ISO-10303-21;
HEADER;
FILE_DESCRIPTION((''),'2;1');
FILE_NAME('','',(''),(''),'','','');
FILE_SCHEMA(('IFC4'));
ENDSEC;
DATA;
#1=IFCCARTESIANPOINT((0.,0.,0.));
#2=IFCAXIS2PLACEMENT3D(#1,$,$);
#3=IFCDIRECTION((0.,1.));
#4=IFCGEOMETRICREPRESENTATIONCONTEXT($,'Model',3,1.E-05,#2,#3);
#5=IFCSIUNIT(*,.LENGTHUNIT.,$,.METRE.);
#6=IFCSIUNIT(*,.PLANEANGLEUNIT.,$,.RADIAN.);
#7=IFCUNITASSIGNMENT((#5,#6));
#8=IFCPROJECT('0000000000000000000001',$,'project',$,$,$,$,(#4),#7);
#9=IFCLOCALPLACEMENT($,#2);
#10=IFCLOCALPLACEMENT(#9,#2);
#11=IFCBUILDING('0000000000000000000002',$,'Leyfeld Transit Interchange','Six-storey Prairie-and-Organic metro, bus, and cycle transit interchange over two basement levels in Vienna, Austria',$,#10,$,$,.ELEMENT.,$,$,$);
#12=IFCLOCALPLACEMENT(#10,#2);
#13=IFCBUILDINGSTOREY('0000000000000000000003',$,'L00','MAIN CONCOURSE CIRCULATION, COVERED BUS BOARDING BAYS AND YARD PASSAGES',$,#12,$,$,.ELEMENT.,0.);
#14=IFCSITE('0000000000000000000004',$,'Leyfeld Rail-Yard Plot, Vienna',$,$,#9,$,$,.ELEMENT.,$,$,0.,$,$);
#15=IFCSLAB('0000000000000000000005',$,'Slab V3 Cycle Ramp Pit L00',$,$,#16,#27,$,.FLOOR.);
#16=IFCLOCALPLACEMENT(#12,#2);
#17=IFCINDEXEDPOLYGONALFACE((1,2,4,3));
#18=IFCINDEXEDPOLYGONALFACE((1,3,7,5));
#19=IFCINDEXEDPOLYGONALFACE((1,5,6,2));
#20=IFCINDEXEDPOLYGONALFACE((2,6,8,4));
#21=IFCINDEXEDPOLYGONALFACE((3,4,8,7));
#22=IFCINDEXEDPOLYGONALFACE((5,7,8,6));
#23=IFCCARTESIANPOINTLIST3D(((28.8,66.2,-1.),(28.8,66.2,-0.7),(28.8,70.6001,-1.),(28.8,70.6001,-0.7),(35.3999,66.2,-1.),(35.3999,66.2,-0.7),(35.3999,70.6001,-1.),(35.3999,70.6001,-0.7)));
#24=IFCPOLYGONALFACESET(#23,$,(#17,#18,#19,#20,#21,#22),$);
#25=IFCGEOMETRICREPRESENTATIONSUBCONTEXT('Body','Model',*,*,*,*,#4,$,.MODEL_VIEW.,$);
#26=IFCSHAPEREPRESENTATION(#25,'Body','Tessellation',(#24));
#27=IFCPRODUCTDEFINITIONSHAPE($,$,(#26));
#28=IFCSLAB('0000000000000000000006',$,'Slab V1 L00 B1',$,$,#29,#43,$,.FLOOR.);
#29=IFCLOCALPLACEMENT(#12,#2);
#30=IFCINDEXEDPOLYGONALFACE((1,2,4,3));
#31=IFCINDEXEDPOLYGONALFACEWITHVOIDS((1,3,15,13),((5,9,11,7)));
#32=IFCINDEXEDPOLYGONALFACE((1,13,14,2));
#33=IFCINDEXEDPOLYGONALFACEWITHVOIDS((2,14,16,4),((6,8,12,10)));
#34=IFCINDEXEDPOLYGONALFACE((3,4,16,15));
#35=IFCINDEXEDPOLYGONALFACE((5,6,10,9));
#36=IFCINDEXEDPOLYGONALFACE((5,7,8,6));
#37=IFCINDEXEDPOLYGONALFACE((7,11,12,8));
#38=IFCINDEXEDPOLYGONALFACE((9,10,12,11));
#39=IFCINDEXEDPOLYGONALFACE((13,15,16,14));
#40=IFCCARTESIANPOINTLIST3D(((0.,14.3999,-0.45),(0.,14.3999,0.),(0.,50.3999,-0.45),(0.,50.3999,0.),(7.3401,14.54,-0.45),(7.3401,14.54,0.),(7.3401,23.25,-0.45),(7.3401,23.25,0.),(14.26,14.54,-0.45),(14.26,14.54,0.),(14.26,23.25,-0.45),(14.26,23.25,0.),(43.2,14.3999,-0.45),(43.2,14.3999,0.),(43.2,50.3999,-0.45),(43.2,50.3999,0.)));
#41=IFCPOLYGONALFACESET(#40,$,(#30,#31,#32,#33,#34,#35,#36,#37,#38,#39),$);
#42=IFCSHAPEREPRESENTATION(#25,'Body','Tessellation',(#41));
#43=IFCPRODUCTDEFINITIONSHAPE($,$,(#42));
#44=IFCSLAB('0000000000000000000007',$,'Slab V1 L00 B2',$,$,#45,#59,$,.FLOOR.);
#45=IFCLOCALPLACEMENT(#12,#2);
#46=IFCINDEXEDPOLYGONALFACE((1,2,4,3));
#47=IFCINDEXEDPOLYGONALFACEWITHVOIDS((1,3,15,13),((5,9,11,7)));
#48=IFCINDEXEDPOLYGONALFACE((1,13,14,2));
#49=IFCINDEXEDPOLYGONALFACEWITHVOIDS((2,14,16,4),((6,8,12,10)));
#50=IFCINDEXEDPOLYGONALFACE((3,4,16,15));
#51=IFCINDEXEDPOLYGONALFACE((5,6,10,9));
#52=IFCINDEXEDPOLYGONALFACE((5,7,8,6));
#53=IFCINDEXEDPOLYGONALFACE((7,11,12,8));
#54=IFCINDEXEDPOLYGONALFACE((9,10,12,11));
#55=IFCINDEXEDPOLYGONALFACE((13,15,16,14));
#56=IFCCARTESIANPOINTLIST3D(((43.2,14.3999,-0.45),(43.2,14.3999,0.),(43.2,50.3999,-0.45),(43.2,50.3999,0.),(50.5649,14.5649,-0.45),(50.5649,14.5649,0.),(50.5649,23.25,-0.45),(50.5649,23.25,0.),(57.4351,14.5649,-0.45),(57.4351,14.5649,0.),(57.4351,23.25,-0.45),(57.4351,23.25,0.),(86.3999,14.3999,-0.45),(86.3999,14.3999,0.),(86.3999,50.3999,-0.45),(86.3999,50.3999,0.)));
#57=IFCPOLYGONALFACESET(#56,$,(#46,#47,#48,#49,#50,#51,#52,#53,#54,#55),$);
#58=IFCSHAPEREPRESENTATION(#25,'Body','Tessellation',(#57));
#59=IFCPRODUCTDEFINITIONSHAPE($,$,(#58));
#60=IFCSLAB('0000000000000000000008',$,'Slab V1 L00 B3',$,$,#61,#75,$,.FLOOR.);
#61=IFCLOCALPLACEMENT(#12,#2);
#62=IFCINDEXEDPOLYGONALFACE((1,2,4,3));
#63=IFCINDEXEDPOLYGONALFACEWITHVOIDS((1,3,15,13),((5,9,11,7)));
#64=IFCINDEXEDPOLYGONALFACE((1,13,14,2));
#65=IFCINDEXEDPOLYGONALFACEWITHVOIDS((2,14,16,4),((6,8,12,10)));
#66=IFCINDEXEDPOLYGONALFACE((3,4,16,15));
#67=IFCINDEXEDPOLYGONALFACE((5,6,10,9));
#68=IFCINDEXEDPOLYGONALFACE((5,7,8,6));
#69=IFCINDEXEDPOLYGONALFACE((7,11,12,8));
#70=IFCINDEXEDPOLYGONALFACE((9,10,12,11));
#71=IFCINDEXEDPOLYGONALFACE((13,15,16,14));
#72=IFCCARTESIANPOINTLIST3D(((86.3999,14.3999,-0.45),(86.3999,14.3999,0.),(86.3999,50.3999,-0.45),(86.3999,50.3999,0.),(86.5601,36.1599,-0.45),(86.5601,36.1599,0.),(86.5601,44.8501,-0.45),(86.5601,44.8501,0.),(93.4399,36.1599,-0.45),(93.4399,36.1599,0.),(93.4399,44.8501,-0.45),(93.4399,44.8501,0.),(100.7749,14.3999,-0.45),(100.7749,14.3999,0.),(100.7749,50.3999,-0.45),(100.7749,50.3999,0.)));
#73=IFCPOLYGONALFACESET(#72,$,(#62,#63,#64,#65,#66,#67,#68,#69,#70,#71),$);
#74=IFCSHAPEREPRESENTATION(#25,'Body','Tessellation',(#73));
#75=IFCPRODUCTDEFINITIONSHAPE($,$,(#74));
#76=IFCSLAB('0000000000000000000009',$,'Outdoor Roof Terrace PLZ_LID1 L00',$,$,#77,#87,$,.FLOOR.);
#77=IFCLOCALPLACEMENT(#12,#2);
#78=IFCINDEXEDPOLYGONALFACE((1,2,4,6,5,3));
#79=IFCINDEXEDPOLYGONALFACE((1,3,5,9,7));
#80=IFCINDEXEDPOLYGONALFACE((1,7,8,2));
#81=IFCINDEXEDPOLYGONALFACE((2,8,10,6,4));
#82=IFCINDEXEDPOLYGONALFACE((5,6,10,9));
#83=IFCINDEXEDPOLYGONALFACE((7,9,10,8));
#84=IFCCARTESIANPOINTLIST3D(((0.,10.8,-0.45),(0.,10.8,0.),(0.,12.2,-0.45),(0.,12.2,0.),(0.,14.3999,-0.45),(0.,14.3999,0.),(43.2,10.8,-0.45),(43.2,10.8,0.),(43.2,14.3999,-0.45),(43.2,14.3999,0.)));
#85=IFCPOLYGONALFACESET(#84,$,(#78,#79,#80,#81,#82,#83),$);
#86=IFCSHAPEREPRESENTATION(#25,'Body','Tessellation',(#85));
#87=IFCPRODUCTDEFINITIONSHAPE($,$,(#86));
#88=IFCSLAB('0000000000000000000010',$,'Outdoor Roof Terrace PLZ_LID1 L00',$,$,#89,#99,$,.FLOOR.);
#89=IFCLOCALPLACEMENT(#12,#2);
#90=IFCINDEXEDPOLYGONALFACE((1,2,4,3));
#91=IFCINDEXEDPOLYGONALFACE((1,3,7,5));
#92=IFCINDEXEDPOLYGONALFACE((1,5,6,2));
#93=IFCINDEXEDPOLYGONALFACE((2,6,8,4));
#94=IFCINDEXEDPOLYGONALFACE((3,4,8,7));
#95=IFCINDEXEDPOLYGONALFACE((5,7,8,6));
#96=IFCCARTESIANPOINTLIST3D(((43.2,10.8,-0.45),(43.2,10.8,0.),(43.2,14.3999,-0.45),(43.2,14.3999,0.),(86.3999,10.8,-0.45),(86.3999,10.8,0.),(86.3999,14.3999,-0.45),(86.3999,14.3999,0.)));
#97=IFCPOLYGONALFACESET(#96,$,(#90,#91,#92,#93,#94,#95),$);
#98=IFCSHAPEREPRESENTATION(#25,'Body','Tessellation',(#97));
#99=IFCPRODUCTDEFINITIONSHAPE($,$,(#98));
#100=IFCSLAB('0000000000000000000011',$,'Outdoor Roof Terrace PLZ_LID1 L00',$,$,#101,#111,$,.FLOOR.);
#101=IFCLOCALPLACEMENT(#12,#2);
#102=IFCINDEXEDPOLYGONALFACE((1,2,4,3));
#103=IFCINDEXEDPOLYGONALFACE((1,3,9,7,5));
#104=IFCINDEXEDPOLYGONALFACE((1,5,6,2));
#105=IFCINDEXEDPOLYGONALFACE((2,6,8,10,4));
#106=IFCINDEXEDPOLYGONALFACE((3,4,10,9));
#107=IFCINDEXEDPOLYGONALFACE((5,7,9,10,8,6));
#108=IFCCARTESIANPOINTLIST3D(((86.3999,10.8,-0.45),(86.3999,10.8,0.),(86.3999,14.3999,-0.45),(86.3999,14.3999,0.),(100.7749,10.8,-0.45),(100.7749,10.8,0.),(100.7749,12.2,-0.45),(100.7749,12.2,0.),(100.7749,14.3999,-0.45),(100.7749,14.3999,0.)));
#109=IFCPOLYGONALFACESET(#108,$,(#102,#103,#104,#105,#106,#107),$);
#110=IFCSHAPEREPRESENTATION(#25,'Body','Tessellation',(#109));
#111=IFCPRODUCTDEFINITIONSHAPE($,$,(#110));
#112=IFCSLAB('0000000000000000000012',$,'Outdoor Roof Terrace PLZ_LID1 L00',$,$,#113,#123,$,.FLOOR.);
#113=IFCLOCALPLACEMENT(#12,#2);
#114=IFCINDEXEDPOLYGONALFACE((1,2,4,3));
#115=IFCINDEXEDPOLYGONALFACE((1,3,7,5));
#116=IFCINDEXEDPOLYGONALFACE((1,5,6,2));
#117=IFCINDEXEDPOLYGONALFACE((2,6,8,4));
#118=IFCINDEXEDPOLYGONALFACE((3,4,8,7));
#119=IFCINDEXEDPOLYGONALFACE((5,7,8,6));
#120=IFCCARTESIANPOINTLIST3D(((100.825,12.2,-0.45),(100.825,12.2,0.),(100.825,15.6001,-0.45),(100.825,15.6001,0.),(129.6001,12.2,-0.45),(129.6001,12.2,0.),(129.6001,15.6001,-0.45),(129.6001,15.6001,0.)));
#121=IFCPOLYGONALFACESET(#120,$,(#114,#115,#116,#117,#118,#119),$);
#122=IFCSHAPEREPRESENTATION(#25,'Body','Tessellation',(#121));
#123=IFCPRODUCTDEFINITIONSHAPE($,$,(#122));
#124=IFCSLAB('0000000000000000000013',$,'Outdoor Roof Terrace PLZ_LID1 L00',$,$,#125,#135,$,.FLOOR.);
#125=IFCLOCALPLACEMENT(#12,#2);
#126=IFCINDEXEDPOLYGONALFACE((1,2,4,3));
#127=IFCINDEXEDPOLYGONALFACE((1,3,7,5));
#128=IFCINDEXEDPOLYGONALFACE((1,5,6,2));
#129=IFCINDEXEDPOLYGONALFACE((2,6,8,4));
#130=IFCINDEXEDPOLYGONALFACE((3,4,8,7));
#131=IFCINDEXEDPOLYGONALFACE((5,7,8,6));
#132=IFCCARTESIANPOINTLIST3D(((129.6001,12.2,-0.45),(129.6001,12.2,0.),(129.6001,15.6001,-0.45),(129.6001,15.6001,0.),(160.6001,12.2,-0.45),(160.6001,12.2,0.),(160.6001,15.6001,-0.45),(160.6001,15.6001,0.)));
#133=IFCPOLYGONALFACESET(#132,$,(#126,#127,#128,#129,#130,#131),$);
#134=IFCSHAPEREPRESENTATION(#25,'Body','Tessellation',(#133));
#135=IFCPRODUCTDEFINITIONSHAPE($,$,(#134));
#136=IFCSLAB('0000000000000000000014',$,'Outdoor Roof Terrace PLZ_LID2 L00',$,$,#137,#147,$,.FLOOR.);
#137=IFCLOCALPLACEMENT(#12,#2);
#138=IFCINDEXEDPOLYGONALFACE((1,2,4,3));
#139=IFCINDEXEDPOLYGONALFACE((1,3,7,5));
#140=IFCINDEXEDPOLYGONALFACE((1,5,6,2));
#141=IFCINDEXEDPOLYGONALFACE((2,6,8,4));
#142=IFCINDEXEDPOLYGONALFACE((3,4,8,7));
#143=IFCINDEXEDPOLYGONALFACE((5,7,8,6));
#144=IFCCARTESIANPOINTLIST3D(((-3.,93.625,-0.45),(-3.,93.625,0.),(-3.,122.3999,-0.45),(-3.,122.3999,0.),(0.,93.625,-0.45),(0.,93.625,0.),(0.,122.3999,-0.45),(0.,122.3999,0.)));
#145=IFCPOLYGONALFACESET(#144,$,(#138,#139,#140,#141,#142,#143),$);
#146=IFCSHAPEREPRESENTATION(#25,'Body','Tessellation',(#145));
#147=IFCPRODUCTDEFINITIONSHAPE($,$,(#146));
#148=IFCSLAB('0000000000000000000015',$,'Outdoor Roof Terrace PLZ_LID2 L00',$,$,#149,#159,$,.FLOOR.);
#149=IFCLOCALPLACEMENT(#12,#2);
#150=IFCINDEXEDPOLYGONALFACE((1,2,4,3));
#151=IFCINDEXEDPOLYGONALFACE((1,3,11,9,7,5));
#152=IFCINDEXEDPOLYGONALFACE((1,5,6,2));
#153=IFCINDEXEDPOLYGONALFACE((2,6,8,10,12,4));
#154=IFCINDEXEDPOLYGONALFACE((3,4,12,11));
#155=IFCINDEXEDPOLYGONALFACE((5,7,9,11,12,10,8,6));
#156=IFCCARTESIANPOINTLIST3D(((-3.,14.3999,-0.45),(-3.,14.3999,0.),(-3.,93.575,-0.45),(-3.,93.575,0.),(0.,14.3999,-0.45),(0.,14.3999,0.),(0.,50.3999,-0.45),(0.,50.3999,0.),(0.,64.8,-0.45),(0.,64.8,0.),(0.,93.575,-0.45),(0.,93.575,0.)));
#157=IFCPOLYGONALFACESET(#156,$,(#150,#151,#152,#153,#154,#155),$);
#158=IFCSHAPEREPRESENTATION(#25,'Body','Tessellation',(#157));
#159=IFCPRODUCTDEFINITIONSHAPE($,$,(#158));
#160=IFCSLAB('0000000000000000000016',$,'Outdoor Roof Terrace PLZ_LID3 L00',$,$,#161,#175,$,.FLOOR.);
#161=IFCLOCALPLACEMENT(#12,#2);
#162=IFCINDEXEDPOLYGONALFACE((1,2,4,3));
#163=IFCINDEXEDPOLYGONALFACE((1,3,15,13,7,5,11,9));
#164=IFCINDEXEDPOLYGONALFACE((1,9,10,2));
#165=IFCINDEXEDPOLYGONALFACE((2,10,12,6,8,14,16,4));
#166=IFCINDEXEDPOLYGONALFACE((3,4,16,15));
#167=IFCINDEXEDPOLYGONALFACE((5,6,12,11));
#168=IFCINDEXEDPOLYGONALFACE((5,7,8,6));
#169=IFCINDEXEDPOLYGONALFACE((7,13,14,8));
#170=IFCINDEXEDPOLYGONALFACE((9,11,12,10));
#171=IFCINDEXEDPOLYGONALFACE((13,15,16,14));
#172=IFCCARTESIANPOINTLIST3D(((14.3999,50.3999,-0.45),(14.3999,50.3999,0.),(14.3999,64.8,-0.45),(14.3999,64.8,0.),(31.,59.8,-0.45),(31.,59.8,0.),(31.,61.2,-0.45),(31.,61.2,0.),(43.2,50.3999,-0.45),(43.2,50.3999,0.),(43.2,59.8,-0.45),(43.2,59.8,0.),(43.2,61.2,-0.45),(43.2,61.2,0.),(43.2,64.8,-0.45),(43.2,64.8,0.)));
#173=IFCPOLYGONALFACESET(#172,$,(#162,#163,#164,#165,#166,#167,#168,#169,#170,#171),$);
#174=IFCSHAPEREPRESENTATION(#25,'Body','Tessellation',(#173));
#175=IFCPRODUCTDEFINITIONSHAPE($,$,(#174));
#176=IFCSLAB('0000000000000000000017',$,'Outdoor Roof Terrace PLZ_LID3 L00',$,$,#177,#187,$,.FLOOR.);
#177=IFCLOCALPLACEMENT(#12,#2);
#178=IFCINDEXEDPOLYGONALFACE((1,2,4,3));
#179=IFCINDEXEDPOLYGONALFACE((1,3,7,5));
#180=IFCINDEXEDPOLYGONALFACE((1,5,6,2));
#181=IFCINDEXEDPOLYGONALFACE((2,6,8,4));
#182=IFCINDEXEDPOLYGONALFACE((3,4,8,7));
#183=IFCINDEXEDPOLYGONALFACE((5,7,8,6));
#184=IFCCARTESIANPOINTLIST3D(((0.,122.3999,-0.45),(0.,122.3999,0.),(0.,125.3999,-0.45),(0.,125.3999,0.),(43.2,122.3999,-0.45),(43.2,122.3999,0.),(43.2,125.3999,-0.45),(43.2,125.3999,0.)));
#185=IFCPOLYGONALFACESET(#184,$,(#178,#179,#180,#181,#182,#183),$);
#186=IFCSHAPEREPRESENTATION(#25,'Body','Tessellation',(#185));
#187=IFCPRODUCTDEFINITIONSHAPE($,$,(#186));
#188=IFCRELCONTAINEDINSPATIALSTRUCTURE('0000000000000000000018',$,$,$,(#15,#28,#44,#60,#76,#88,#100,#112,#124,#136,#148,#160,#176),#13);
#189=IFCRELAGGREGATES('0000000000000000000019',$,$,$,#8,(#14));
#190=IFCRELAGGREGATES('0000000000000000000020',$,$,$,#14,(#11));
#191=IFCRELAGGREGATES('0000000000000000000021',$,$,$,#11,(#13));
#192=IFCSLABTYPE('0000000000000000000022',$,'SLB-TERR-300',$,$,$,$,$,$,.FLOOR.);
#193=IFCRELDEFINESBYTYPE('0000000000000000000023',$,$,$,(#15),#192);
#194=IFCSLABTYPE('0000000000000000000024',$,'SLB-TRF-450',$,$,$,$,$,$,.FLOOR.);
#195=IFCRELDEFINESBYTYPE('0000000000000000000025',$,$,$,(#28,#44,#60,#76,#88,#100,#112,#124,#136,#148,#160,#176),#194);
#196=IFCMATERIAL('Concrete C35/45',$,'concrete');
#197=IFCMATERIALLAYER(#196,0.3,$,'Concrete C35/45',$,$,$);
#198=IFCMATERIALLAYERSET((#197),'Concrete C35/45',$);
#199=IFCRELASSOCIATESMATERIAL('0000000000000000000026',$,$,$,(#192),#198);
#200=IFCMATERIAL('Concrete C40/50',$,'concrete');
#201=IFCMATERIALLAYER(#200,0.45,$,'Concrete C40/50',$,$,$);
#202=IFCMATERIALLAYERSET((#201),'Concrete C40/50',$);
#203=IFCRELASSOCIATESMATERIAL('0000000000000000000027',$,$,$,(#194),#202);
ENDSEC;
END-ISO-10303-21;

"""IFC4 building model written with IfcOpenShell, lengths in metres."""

from ifc_helpers import new_model, si_unit, direction, frame, origin, place, context, subcontext, project, spatial, polyline, outline, extrude, material, layer, layer_set, type_object, element, save


model = new_model("IFC4")

# Units and contexts
model_context = context("Model", 3, precision=1e-05, world=origin(), true_north=direction((0.0, 1.0)))
body_context = subcontext(model_context, "Body", "Model", "MODEL_VIEW")
ifc_project = project(units=[si_unit("LENGTHUNIT", "METRE"), si_unit("PLANEANGLEUNIT", "RADIAN")], contexts=[model_context])

# Site, building, storey
site_placement = place(None, origin())
site = spatial("IfcSite", under=ifc_project, at=site_placement, Name="Leyfeld Rail-Yard Plot, Vienna", CompositionType="ELEMENT", RefElevation=0.0)
building_placement = place(site_placement, origin())
building = spatial("IfcBuilding", under=site, at=building_placement, Name="Leyfeld Transit Interchange", Description="Six-storey Prairie-and-Organic metro, bus, and cycle transit interchange over two basement levels in Vienna, Austria", CompositionType="ELEMENT")
storey_placement = place(building_placement, origin())
storey = spatial("IfcBuildingStorey", under=building, at=storey_placement, Name="L00", Description="MAIN CONCOURSE CIRCULATION, COVERED BUS BOARDING BAYS AND YARD PASSAGES", CompositionType="ELEMENT", Elevation=0.0)

# Slabs
ifc_material_1 = material(Name="Concrete C35/45", Category="concrete")
ifc_layer_1 = layer(ifc_material_1, 0.3, Name="Concrete C35/45")
ifc_layer_set_1 = layer_set([ifc_layer_1], Name="Concrete C35/45")
slab_type_1 = type_object("IfcSlabType", Name="SLB-TERR-300", PredefinedType="FLOOR", material=ifc_layer_set_1)
slab_1_placement = place(storey_placement, frame((0.0, 0.0, -1.0)))
element("IfcSlab", 1, at=slab_1_placement, inside=storey, type_object=slab_type_1, Name="Slab V3 Cycle Ramp Pit L00", PredefinedType="FLOOR", context=body_context, shape_type="SweptSolid", body=[
    extrude(outline(polyline([(28.8, 66.2), (35.3999, 66.2), (35.3999, 70.6001), (28.8, 70.6001), (28.8, 66.2)])), origin(), (0.0, 0.0, 1.0), 0.3),
])
ifc_material_2 = material(Name="Concrete C40/50", Category="concrete")
ifc_layer_2 = layer(ifc_material_2, 0.45, Name="Concrete C40/50")
ifc_layer_set_2 = layer_set([ifc_layer_2], Name="Concrete C40/50")
slab_type_2 = type_object("IfcSlabType", Name="SLB-TRF-450", PredefinedType="FLOOR", material=ifc_layer_set_2)
slab_2_placement = place(storey_placement, frame((0.0, 0.0, -0.45)))
element("IfcSlab", 2, at=slab_2_placement, inside=storey, type_object=slab_type_2, Name="Slab V1 L00 B1", PredefinedType="FLOOR", context=body_context, shape_type="SweptSolid", body=[
    extrude(outline(polyline([(43.2, 50.3999), (0.0, 50.3999), (0.0, 14.3999), (43.2, 14.3999), (43.2, 50.3999)]), holes=[polyline([(14.26, 14.54), (7.3401, 14.54), (7.3401, 23.25), (14.26, 23.25), (14.26, 14.54)])]), origin(), (0.0, 0.0, 1.0), 0.45),
])
slab_3_placement = place(storey_placement, frame((0.0, 0.0, -0.45)))
element("IfcSlab", 3, at=slab_3_placement, inside=storey, type_object=slab_type_2, Name="Slab V1 L00 B2", PredefinedType="FLOOR", context=body_context, shape_type="SweptSolid", body=[
    extrude(outline(polyline([(86.3999, 50.3999), (43.2, 50.3999), (43.2, 14.3999), (86.3999, 14.3999), (86.3999, 50.3999)]), holes=[polyline([(57.4351, 14.5649), (50.5649, 14.5649), (50.5649, 23.25), (57.4351, 23.25), (57.4351, 14.5649)])]), origin(), (0.0, 0.0, 1.0), 0.45),
])
slab_4_placement = place(storey_placement, frame((0.0, 0.0, -0.45)))
element("IfcSlab", 4, at=slab_4_placement, inside=storey, type_object=slab_type_2, Name="Slab V1 L00 B3", PredefinedType="FLOOR", context=body_context, shape_type="SweptSolid", body=[
    extrude(outline(polyline([(100.7749, 14.3999), (100.7749, 50.3999), (86.3999, 50.3999), (86.3999, 14.3999), (100.7749, 14.3999)]), holes=[polyline([(93.4399, 36.1599), (86.5601, 36.1599), (86.5601, 44.8501), (93.4399, 44.8501), (93.4399, 36.1599)])]), origin(), (0.0, 0.0, 1.0), 0.45),
])
slab_5_placement = place(storey_placement, frame((0.0, 0.0, -0.45)))
element("IfcSlab", 5, at=slab_5_placement, inside=storey, type_object=slab_type_2, Name="Outdoor Roof Terrace PLZ_LID1 L00", PredefinedType="FLOOR", context=body_context, shape_type="SweptSolid", body=[
    extrude(outline(polyline([(0.0, 12.2), (0.0, 10.8), (43.2, 10.8), (43.2, 14.3999), (0.0, 14.3999), (0.0, 12.2)])), origin(), (0.0, 0.0, 1.0), 0.45),
])
slab_6_placement = place(storey_placement, frame((0.0, 0.0, -0.45)))
element("IfcSlab", 6, at=slab_6_placement, inside=storey, type_object=slab_type_2, Name="Outdoor Roof Terrace PLZ_LID1 L00", PredefinedType="FLOOR", context=body_context, shape_type="SweptSolid", body=[
    extrude(outline(polyline([(43.2, 14.3999), (43.2, 10.8), (86.3999, 10.8), (86.3999, 14.3999), (43.2, 14.3999)])), origin(), (0.0, 0.0, 1.0), 0.45),
])
slab_7_placement = place(storey_placement, frame((0.0, 0.0, -0.45)))
element("IfcSlab", 7, at=slab_7_placement, inside=storey, type_object=slab_type_2, Name="Outdoor Roof Terrace PLZ_LID1 L00", PredefinedType="FLOOR", context=body_context, shape_type="SweptSolid", body=[
    extrude(outline(polyline([(100.7749, 14.3999), (86.3999, 14.3999), (86.3999, 10.8), (100.7749, 10.8), (100.7749, 12.2), (100.7749, 12.2), (100.7749, 15.6001), (100.7749, 15.6001), (100.7749, 14.3999)])), origin(), (0.0, 0.0, 1.0), 0.45),
])
slab_8_placement = place(storey_placement, frame((0.0, 0.0, -0.45)))
element("IfcSlab", 8, at=slab_8_placement, inside=storey, type_object=slab_type_2, Name="Outdoor Roof Terrace PLZ_LID1 L00", PredefinedType="FLOOR", context=body_context, shape_type="SweptSolid", body=[
    extrude(outline(polyline([(100.825, 15.6001), (100.825, 12.2), (129.6001, 12.2), (129.6001, 15.6001), (100.825, 15.6001)])), origin(), (0.0, 0.0, 1.0), 0.45),
])
slab_9_placement = place(storey_placement, frame((0.0, 0.0, -0.45)))
element("IfcSlab", 9, at=slab_9_placement, inside=storey, type_object=slab_type_2, Name="Outdoor Roof Terrace PLZ_LID1 L00", PredefinedType="FLOOR", context=body_context, shape_type="SweptSolid", body=[
    extrude(outline(polyline([(129.6001, 15.6001), (129.6001, 12.2), (160.6001, 12.2), (160.6001, 15.6001), (129.6001, 15.6001)])), origin(), (0.0, 0.0, 1.0), 0.45),
])
slab_10_placement = place(storey_placement, frame((0.0, 0.0, -0.45)))
element("IfcSlab", 10, at=slab_10_placement, inside=storey, type_object=slab_type_2, Name="Outdoor Roof Terrace PLZ_LID2 L00", PredefinedType="FLOOR", context=body_context, shape_type="SweptSolid", body=[
    extrude(outline(polyline([(-3.0, 122.3999), (-3.0, 93.625), (0.0, 93.625), (0.0, 122.3999), (-3.0, 122.3999)])), origin(), (0.0, 0.0, 1.0), 0.45),
])
slab_11_placement = place(storey_placement, frame((0.0, 0.0, -0.45)))
element("IfcSlab", 11, at=slab_11_placement, inside=storey, type_object=slab_type_2, Name="Outdoor Roof Terrace PLZ_LID2 L00", PredefinedType="FLOOR", context=body_context, shape_type="SweptSolid", body=[
    extrude(outline(polyline([(0.0, 93.575), (-3.0, 93.575), (-3.0, 14.3999), (0.0, 14.3999), (0.0, 50.3999), (0.0, 64.8), (0.0, 93.575), (0.0, 93.575)])), origin(), (0.0, 0.0, 1.0), 0.45),
])
slab_12_placement = place(storey_placement, frame((0.0, 0.0, -0.45)))
element("IfcSlab", 12, at=slab_12_placement, inside=storey, type_object=slab_type_2, Name="Outdoor Roof Terrace PLZ_LID3 L00", PredefinedType="FLOOR", context=body_context, shape_type="SweptSolid", body=[
    extrude(outline(polyline([(43.2, 59.8), (31.0, 59.8), (31.0, 61.2), (43.2, 61.2), (43.2, 64.8), (14.3999, 64.8), (14.3999, 50.3999), (43.2, 50.3999), (43.2, 59.8)])), origin(), (0.0, 0.0, 1.0), 0.45),
])
slab_13_placement = place(storey_placement, frame((0.0, 0.0, -0.45)))
element("IfcSlab", 13, at=slab_13_placement, inside=storey, type_object=slab_type_2, Name="Outdoor Roof Terrace PLZ_LID3 L00", PredefinedType="FLOOR", context=body_context, shape_type="SweptSolid", body=[
    extrude(outline(polyline([(0.0, 122.3999), (43.2, 122.3999), (43.2, 125.3999), (0.0, 125.3999), (0.0, 122.3999)])), origin(), (0.0, 0.0, 1.0), 0.45),
])

save(model, "model.ifc")
